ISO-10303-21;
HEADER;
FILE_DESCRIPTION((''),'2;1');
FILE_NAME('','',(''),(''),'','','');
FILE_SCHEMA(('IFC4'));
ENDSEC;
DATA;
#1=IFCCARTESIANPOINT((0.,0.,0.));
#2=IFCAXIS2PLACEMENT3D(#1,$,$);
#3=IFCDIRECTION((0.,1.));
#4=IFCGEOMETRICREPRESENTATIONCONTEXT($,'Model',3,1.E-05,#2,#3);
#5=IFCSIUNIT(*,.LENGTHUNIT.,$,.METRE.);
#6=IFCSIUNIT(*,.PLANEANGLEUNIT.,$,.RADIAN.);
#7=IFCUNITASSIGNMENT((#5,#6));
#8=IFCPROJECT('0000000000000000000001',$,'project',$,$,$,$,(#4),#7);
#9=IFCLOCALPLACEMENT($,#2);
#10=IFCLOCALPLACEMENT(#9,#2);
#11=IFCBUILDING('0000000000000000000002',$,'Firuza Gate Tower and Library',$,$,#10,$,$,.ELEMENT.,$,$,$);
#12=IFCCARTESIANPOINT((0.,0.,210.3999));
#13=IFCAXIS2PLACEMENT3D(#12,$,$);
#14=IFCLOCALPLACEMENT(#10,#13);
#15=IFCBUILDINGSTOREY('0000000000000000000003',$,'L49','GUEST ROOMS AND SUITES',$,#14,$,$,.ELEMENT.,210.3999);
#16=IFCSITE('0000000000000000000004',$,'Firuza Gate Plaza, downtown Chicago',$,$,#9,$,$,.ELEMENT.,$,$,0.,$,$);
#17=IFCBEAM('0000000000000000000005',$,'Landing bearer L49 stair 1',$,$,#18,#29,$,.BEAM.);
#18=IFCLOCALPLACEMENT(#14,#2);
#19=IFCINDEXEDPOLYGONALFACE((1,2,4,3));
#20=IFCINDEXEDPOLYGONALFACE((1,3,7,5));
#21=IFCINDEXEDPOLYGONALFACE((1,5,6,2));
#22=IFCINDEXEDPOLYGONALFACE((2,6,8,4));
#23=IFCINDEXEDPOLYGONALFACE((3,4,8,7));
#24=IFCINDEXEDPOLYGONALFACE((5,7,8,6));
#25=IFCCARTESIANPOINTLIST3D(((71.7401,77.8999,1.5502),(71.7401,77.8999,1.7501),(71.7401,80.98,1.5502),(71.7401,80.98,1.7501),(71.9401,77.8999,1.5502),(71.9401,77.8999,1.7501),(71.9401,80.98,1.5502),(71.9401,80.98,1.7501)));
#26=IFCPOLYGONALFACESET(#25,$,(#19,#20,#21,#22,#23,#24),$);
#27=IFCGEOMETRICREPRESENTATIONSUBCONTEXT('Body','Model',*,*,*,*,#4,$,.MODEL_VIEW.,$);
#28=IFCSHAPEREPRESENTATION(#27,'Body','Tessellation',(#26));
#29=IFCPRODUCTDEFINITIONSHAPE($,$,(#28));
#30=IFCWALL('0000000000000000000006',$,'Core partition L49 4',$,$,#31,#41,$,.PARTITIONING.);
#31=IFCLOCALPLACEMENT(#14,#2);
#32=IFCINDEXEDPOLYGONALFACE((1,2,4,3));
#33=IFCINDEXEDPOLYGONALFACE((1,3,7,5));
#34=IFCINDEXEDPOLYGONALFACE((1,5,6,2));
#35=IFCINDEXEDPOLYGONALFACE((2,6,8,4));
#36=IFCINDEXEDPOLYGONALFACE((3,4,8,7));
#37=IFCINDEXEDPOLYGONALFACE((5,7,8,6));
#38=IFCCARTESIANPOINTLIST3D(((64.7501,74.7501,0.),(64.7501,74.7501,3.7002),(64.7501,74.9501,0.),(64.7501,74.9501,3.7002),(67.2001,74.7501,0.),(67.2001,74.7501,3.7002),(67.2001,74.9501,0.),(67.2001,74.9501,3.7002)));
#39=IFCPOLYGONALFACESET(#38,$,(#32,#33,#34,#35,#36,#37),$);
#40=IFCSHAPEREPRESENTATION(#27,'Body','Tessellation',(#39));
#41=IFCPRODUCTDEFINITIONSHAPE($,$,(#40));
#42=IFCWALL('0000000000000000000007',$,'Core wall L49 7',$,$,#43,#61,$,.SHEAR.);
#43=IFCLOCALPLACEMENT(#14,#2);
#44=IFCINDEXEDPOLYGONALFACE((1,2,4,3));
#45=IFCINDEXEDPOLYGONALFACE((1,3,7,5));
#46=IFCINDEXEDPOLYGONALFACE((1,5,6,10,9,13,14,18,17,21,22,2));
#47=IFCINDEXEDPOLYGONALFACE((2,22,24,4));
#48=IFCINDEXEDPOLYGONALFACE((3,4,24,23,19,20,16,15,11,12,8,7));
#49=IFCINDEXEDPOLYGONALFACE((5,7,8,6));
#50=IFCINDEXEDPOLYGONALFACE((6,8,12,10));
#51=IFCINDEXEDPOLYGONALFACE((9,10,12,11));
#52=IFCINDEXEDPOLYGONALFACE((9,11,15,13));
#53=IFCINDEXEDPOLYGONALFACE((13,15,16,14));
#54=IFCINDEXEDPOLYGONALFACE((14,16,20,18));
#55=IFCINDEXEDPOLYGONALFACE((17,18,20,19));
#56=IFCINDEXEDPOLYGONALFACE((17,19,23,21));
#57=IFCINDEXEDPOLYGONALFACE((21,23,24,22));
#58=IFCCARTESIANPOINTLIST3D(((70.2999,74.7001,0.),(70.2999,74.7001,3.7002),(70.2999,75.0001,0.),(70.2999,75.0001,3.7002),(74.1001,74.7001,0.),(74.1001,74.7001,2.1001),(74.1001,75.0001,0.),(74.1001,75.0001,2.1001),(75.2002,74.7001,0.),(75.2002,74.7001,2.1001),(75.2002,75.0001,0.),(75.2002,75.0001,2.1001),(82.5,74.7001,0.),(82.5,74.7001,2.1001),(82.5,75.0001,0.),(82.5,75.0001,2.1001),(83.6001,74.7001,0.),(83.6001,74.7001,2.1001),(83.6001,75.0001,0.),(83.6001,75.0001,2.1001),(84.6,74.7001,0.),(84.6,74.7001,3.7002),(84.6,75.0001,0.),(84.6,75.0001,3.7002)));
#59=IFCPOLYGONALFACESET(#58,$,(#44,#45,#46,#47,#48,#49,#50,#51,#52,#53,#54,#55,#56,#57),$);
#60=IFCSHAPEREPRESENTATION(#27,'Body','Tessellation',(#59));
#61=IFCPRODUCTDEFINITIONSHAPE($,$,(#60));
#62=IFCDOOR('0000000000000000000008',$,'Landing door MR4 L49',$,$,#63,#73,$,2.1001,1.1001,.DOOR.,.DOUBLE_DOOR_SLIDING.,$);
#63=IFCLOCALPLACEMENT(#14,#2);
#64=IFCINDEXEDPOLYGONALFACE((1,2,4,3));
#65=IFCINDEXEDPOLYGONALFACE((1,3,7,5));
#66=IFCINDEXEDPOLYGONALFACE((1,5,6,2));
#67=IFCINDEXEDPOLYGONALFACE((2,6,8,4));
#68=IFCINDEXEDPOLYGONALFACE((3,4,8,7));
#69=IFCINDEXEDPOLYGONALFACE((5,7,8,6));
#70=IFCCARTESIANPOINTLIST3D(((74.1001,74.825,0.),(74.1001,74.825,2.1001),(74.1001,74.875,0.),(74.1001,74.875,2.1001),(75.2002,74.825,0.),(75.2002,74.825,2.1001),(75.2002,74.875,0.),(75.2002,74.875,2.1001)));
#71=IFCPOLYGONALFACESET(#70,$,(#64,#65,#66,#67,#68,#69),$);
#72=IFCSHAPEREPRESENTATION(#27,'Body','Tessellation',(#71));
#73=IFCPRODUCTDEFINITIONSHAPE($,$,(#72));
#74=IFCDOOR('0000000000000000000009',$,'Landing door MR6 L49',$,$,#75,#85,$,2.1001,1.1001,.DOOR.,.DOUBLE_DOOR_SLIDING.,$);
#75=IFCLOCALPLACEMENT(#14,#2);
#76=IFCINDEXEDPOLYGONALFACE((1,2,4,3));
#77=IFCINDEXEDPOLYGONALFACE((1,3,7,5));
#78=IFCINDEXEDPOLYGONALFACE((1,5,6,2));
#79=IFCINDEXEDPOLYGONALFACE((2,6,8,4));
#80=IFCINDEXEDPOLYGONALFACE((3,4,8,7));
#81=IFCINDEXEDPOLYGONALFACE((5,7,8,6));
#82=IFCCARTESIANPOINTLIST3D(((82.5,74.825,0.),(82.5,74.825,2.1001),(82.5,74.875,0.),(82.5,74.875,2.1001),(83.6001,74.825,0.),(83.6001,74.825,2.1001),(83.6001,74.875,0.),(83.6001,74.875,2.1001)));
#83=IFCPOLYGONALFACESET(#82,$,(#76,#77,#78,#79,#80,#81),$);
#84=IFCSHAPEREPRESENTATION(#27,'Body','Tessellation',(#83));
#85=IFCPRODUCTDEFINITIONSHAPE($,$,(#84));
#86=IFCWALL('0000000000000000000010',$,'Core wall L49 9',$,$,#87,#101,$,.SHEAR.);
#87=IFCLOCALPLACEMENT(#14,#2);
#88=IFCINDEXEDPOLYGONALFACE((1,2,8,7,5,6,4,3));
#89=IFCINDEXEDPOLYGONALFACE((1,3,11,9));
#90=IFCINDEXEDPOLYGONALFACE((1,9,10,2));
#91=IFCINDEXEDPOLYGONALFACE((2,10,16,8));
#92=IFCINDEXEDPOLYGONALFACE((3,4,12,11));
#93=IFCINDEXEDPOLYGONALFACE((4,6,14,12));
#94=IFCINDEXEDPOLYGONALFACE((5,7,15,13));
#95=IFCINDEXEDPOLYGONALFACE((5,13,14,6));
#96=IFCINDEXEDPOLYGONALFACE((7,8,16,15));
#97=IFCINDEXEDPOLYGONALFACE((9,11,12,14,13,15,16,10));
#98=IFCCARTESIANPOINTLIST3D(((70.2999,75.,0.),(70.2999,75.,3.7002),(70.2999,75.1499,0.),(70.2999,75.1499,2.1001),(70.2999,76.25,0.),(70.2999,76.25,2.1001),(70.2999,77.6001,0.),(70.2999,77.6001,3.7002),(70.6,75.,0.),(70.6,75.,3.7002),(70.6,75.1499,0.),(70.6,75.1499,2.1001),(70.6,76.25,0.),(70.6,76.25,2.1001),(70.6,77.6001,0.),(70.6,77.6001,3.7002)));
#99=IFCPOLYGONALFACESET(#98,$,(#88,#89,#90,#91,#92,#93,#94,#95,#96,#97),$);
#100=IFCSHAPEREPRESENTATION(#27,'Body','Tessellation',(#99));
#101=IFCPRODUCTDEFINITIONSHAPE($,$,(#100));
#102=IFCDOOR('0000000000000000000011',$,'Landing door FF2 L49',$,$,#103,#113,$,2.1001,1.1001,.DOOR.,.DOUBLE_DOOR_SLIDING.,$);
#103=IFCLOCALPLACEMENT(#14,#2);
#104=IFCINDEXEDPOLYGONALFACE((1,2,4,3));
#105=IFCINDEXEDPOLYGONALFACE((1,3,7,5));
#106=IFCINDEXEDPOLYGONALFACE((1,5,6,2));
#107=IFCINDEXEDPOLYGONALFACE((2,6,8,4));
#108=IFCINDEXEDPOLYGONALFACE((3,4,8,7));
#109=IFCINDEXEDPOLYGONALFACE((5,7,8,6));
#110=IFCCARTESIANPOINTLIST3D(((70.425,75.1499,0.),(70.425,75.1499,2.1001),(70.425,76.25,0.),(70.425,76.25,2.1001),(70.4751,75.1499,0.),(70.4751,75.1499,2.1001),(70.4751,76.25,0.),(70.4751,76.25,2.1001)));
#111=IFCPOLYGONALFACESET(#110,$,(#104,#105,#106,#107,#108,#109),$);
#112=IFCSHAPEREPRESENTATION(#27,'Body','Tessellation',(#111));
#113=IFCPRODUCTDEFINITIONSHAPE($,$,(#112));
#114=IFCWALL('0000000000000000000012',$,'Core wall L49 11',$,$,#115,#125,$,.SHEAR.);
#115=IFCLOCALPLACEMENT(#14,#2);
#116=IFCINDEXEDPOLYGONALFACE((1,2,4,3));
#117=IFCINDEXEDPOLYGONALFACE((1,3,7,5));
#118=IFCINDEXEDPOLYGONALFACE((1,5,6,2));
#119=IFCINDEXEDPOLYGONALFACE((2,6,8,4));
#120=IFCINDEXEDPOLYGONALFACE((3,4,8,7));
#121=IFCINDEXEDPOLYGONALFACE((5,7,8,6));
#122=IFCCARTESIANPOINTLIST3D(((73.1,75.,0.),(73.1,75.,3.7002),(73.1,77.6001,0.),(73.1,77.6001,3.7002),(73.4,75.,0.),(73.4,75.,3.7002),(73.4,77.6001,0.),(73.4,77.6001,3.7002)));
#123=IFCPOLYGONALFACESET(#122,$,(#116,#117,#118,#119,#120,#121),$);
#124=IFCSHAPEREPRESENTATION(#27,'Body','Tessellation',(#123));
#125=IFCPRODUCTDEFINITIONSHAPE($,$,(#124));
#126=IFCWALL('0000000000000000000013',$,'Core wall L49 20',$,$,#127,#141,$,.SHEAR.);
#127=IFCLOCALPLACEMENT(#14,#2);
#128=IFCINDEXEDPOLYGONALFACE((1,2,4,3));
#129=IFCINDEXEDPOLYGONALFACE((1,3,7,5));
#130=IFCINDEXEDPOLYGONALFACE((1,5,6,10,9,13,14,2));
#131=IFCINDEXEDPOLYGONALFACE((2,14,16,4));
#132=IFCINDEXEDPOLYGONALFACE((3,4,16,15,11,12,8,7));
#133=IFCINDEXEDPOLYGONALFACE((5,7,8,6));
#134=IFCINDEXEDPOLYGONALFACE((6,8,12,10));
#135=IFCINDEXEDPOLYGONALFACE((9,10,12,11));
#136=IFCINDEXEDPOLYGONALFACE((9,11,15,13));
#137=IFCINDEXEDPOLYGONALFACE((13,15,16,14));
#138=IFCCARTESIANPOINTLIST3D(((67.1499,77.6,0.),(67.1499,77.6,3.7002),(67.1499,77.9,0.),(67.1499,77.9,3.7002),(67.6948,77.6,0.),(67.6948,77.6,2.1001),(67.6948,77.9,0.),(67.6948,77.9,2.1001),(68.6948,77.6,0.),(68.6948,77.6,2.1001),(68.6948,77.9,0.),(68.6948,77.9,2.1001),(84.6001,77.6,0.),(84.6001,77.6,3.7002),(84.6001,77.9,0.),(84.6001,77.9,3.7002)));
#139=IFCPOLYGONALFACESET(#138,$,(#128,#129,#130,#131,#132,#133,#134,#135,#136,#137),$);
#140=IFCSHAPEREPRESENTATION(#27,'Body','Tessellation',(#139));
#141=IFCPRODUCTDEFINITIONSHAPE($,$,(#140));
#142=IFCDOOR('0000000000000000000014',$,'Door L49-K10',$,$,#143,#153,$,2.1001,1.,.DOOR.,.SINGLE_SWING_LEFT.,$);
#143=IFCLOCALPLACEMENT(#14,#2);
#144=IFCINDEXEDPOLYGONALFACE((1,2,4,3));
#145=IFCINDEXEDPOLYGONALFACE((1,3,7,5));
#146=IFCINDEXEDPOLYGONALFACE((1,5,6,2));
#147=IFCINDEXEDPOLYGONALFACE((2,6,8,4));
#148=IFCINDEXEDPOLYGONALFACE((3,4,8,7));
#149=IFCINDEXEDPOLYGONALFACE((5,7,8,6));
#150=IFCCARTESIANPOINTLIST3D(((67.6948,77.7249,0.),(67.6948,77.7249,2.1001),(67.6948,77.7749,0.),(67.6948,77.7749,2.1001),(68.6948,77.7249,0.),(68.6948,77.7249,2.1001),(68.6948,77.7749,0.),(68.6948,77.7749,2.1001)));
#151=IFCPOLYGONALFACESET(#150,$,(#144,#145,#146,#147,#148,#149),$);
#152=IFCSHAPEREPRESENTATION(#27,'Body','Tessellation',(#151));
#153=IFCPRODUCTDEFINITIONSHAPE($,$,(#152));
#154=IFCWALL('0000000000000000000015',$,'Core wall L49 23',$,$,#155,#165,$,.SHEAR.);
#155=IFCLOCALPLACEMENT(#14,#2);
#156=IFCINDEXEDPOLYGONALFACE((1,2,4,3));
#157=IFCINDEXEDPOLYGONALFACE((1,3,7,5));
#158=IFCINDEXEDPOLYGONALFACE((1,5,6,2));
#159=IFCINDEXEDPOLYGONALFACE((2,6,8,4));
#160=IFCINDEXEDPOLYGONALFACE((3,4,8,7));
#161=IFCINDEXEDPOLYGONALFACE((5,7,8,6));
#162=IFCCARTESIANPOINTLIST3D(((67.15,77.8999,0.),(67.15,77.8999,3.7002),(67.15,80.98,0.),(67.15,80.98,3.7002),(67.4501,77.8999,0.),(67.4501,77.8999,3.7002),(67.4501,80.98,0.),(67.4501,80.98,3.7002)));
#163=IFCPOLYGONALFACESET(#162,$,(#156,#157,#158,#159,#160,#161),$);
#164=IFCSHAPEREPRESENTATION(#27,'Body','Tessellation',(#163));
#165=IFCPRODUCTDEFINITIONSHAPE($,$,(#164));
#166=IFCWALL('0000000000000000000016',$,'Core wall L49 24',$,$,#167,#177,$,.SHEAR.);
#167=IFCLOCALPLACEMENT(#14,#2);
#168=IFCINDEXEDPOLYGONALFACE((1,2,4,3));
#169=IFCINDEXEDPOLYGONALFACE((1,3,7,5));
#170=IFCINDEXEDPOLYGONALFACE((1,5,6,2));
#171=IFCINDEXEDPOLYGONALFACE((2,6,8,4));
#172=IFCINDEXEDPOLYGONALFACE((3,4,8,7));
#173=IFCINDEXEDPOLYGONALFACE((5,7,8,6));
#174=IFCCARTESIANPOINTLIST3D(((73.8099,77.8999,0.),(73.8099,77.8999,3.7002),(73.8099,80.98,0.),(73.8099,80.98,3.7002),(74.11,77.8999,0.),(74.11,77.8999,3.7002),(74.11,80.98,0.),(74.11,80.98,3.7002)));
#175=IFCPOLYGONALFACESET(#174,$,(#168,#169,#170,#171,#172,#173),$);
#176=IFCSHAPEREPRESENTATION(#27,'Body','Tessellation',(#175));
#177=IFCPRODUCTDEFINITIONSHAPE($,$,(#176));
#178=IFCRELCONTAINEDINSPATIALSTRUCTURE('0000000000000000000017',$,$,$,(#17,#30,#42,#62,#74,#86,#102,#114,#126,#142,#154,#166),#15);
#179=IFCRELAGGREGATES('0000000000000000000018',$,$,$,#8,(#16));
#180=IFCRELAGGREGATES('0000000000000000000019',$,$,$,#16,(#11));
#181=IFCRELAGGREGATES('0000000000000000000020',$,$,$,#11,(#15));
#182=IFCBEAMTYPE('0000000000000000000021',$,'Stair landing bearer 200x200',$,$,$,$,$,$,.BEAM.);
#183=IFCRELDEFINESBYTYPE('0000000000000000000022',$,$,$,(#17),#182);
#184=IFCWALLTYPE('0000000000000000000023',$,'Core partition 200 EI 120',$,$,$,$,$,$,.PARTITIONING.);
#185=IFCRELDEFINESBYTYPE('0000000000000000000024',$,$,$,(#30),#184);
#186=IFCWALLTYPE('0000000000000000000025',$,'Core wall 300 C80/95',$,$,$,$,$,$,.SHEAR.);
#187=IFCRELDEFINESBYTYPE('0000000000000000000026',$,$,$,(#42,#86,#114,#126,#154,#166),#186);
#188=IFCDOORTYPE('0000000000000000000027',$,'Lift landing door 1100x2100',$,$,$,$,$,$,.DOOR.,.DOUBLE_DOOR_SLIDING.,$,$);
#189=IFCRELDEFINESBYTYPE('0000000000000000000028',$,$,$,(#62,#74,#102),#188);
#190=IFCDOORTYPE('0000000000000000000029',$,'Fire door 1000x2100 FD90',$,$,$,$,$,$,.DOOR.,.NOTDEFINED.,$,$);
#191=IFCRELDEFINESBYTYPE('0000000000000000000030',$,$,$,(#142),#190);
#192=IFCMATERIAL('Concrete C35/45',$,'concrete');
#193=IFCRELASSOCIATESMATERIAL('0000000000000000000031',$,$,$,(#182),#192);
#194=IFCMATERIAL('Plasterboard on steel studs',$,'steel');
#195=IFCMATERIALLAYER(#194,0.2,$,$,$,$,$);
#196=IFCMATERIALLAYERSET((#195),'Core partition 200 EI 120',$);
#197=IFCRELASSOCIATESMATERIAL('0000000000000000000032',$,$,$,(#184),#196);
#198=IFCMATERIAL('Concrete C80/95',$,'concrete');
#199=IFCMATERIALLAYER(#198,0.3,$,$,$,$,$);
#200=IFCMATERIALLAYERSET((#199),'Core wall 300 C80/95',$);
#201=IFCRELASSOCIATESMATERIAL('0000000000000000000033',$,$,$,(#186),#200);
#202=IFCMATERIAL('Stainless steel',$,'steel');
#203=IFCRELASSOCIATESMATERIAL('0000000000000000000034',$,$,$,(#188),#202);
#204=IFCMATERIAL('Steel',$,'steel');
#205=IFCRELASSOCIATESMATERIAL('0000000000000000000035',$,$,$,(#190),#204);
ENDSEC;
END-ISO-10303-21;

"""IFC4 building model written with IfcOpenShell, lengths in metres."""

from ifc_helpers import new_model, si_unit, direction, frame, frame_2d, origin, origin_2d, place, context, subcontext, project, spatial, rectangle, extrude, material, layer, layer_set, material_profile, profile_set, type_object, element, fill, save


model = new_model("IFC4")

# Units and contexts
model_context = context("Model", 3, precision=1e-05, world=origin(), true_north=direction((0.0, 1.0)))
body_context = subcontext(model_context, "Body", "Model", "MODEL_VIEW")
ifc_project = project(units=[si_unit("LENGTHUNIT", "METRE"), si_unit("PLANEANGLEUNIT", "RADIAN")], contexts=[model_context])

# Site, building, storey
site_placement = place(None, origin())
site = spatial("IfcSite", under=ifc_project, at=site_placement, Name="Firuza Gate Plaza, downtown Chicago", CompositionType="ELEMENT", RefElevation=0.0)
building_placement = place(site_placement, origin())
building = spatial("IfcBuilding", under=site, at=building_placement, Name="Firuza Gate Tower and Library", CompositionType="ELEMENT")
storey_placement = place(building_placement, frame((0.0, 0.0, 210.3999)))
storey = spatial("IfcBuildingStorey", under=building, at=storey_placement, Name="L49", Description="GUEST ROOMS AND SUITES", CompositionType="ELEMENT", Elevation=210.3999)

# Beam
ifc_material_1 = material(Name="Concrete C35/45", Category="concrete")
ifc_material_profile = material_profile(ifc_material_1, rectangle(XDim=0.2, YDim=0.2, at=origin_2d()))
ifc_profile_set = profile_set([ifc_material_profile], Name="Concrete C35/45")
beam_type = type_object("IfcBeamType", Name="Stair landing bearer 200x200", PredefinedType="BEAM", material=ifc_profile_set)
beam_placement = place(storey_placement, frame((71.8401, 77.8999, 1.6501), z_axis=(0.0, 1.0, 0.0), x_axis=(-1.0, 0.0, 0.0)))
element("IfcBeam", 1, at=beam_placement, inside=storey, type_object=beam_type, Name="Landing bearer L49 stair 1", PredefinedType="BEAM", context=body_context, shape_type="SweptSolid", body=[
    extrude(rectangle(XDim=0.2, YDim=0.2, at=origin_2d()), origin(), (0.0, 0.0, 1.0), 3.0801),
])

# Wall
ifc_material_2 = material(Name="Plasterboard on steel studs", Category="steel")
ifc_layer_1 = layer(ifc_material_2, 0.2)
ifc_layer_set_1 = layer_set([ifc_layer_1], Name="Core partition 200 EI 120")
wall_type_1 = type_object("IfcWallType", Name="Core partition 200 EI 120", PredefinedType="PARTITIONING", material=ifc_layer_set_1)
wall_1_placement = place(storey_placement, frame((64.75, 74.8501, 0.0), z_axis=(0.0, 0.0, 1.0), x_axis=(1.0, 0.0, 0.0)))
element("IfcWall", 2, at=wall_1_placement, inside=storey, type_object=wall_type_1, Name="Core partition L49 4", PredefinedType="PARTITIONING", context=body_context, shape_type="SweptSolid", body=[
    extrude(rectangle(XDim=2.45, YDim=0.2, at=frame_2d((1.2251, 0.0))), origin(), (0.0, 0.0, 1.0), 3.7002),
])

# Wall, openings, doors
ifc_material_3 = material(Name="Concrete C80/95", Category="concrete")
ifc_layer_2 = layer(ifc_material_3, 0.3)
ifc_layer_set_2 = layer_set([ifc_layer_2], Name="Core wall 300 C80/95")
wall_type_2 = type_object("IfcWallType", Name="Core wall 300 C80/95", PredefinedType="SHEAR", material=ifc_layer_set_2)
wall_2_placement = place(storey_placement, frame((70.3, 74.8501, 0.0), z_axis=(0.0, 0.0, 1.0), x_axis=(1.0, 0.0, 0.0)))
wall_2 = element("IfcWall", 3, at=wall_2_placement, inside=storey, type_object=wall_type_2, Name="Core wall L49 7", PredefinedType="SHEAR", context=body_context, shape_type="SweptSolid", body=[
    extrude(rectangle(XDim=14.3, YDim=0.3, at=frame_2d((7.1499, 0.0))), origin(), (0.0, 0.0, 1.0), 3.7002),
])
opening_1_placement = place(wall_2_placement, frame((3.8, 0.0, 0.0)))
opening_1 = element("IfcOpeningElement", 4, at=opening_1_placement, cuts=wall_2, PredefinedType="OPENING", context=body_context, shape_type="SweptSolid", body=[
    extrude(rectangle(XDim=1.1001, YDim=2.1001, at=frame_2d((0.55, 1.05))), frame((0.0, 0.1602, 0.0), z_axis=(0.0, -1.0, 0.0), x_axis=(1.0, 0.0, 0.0)), (0.0, 0.0, 1.0), 0.3201),
])
opening_2_placement = place(wall_2_placement, frame((12.2, 0.0, 0.0)))
opening_2 = element("IfcOpeningElement", 5, at=opening_2_placement, cuts=wall_2, PredefinedType="OPENING", context=body_context, shape_type="SweptSolid", body=[
    extrude(rectangle(XDim=1.1001, YDim=2.1001, at=frame_2d((0.55, 1.05))), frame((0.0, 0.1602, 0.0), z_axis=(0.0, -1.0, 0.0), x_axis=(1.0, 0.0, 0.0)), (0.0, 0.0, 1.0), 0.3201),
])
ifc_material_4 = material(Name="Stainless steel", Category="steel")
door_type_1 = type_object("IfcDoorType", Name="Lift landing door 1100x2100", OperationType="DOUBLE_DOOR_SLIDING", PredefinedType="DOOR", material=ifc_material_4)
door_1_placement = place(opening_1_placement, origin())
door_1 = element("IfcDoor", 6, at=door_1_placement, inside=storey, type_object=door_type_1, Name="Landing door MR4 L49", OperationType="DOUBLE_DOOR_SLIDING", OverallHeight=2.1001, OverallWidth=1.1001, PredefinedType="DOOR", context=body_context, shape_type="SweptSolid", body=[
    extrude(rectangle(XDim=1.1001, YDim=2.1001, at=frame_2d((0.55, 1.05))), frame((0.0, 0.0249, 0.0), z_axis=(0.0, -1.0, 0.0), x_axis=(1.0, 0.0, 0.0)), (0.0, 0.0, 1.0), 0.05),
])
fill(opening_1, door_1)
door_2_placement = place(opening_2_placement, origin())
door_2 = element("IfcDoor", 7, at=door_2_placement, inside=storey, type_object=door_type_1, Name="Landing door MR6 L49", OperationType="DOUBLE_DOOR_SLIDING", OverallHeight=2.1001, OverallWidth=1.1001, PredefinedType="DOOR", context=body_context, shape_type="SweptSolid", body=[
    extrude(rectangle(XDim=1.1001, YDim=2.1001, at=frame_2d((0.55, 1.05))), frame((0.0, 0.0249, 0.0), z_axis=(0.0, -1.0, 0.0), x_axis=(1.0, 0.0, 0.0)), (0.0, 0.0, 1.0), 0.05),
])
fill(opening_2, door_2)

# Wall, opening, door
wall_3_placement = place(storey_placement, frame((70.45, 75.0, 0.0), z_axis=(0.0, 0.0, 1.0), x_axis=(0.0, 1.0, 0.0)))
wall_3 = element("IfcWall", 8, at=wall_3_placement, inside=storey, type_object=wall_type_2, Name="Core wall L49 9", PredefinedType="SHEAR", context=body_context, shape_type="SweptSolid", body=[
    extrude(rectangle(XDim=2.6001, YDim=0.3, at=frame_2d((1.3, 0.0))), origin(), (0.0, 0.0, 1.0), 3.7002),
])
opening_3_placement = place(wall_3_placement, frame((0.1499, 0.0, 0.0)))
opening_3 = element("IfcOpeningElement", 9, at=opening_3_placement, cuts=wall_3, PredefinedType="OPENING", context=body_context, shape_type="SweptSolid", body=[
    extrude(rectangle(XDim=1.1001, YDim=2.1001, at=frame_2d((0.55, 1.05))), frame((0.0, 0.1602, 0.0), z_axis=(0.0, -1.0, 0.0), x_axis=(1.0, 0.0, 0.0)), (0.0, 0.0, 1.0), 0.3201),
])
door_3_placement = place(opening_3_placement, origin())
door_3 = element("IfcDoor", 10, at=door_3_placement, inside=storey, type_object=door_type_1, Name="Landing door FF2 L49", OperationType="DOUBLE_DOOR_SLIDING", OverallHeight=2.1001, OverallWidth=1.1001, PredefinedType="DOOR", context=body_context, shape_type="SweptSolid", body=[
    extrude(rectangle(XDim=1.1001, YDim=2.1001, at=frame_2d((0.55, 1.05))), frame((0.0, 0.0249, 0.0), z_axis=(0.0, -1.0, 0.0), x_axis=(1.0, 0.0, 0.0)), (0.0, 0.0, 1.0), 0.05),
])
fill(opening_3, door_3)

# Wall
wall_4_placement = place(storey_placement, frame((73.25, 75.0, 0.0), z_axis=(0.0, 0.0, 1.0), x_axis=(0.0, 1.0, 0.0)))
element("IfcWall", 11, at=wall_4_placement, inside=storey, type_object=wall_type_2, Name="Core wall L49 11", PredefinedType="SHEAR", context=body_context, shape_type="SweptSolid", body=[
    extrude(rectangle(XDim=2.6001, YDim=0.3, at=frame_2d((1.3, 0.0))), origin(), (0.0, 0.0, 1.0), 3.7002),
])

# Wall, opening, door
wall_5_placement = place(storey_placement, frame((67.1499, 77.75, 0.0), z_axis=(0.0, 0.0, 1.0), x_axis=(1.0, 0.0, 0.0)))
wall_5 = element("IfcWall", 12, at=wall_5_placement, inside=storey, type_object=wall_type_2, Name="Core wall L49 20", PredefinedType="SHEAR", context=body_context, shape_type="SweptSolid", body=[
    extrude(rectangle(XDim=17.4502, YDim=0.3, at=frame_2d((8.7251, 0.0))), origin(), (0.0, 0.0, 1.0), 3.7002),
])
opening_4_placement = place(wall_5_placement, frame((0.5449, 0.0, 0.0)))
opening_4 = element("IfcOpeningElement", 13, at=opening_4_placement, cuts=wall_5, PredefinedType="OPENING", context=body_context, shape_type="SweptSolid", body=[
    extrude(rectangle(XDim=1.0, YDim=2.1001, at=frame_2d((0.5, 1.05))), frame((0.0, 0.1602, 0.0), z_axis=(0.0, -1.0, 0.0), x_axis=(1.0, 0.0, 0.0)), (0.0, 0.0, 1.0), 0.3201),
])
ifc_material_5 = material(Name="Steel", Category="steel")
door_type_2 = type_object("IfcDoorType", Name="Fire door 1000x2100 FD90", OperationType="NOTDEFINED", PredefinedType="DOOR", material=ifc_material_5)
door_4_placement = place(opening_4_placement, origin())
door_4 = element("IfcDoor", 14, at=door_4_placement, inside=storey, type_object=door_type_2, Name="Door L49-K10", OperationType="SINGLE_SWING_LEFT", OverallHeight=2.1001, OverallWidth=1.0, PredefinedType="DOOR", context=body_context, shape_type="SweptSolid", body=[
    extrude(rectangle(XDim=1.0, YDim=2.1001, at=frame_2d((0.5, 1.05))), frame((0.0, 0.0249, 0.0), z_axis=(0.0, -1.0, 0.0), x_axis=(1.0, 0.0, 0.0)), (0.0, 0.0, 1.0), 0.05),
])
fill(opening_4, door_4)

# Walls
for number, where, z_axis, x_axis, name in (
    (15, (67.3, 77.8999, 0.0), (0.0, 0.0, 1.0), (0.0, 1.0, 0.0), "Core wall L49 23"),
    (16, (73.96, 77.8999, 0.0), (0.0, 0.0, 1.0), (0.0, 1.0, 0.0), "Core wall L49 24"),
):
    element("IfcWall", number, at=place(storey_placement, frame(where, z_axis=z_axis, x_axis=x_axis)), inside=storey, type_object=wall_type_2, Name=name, PredefinedType="SHEAR", context=body_context, shape_type="SweptSolid", body=[
        extrude(rectangle(XDim=3.0801, YDim=0.3, at=frame_2d((1.54, 0.0))), origin(), (0.0, 0.0, 1.0), 3.7002),
    ])

save(model, "model.ifc")
